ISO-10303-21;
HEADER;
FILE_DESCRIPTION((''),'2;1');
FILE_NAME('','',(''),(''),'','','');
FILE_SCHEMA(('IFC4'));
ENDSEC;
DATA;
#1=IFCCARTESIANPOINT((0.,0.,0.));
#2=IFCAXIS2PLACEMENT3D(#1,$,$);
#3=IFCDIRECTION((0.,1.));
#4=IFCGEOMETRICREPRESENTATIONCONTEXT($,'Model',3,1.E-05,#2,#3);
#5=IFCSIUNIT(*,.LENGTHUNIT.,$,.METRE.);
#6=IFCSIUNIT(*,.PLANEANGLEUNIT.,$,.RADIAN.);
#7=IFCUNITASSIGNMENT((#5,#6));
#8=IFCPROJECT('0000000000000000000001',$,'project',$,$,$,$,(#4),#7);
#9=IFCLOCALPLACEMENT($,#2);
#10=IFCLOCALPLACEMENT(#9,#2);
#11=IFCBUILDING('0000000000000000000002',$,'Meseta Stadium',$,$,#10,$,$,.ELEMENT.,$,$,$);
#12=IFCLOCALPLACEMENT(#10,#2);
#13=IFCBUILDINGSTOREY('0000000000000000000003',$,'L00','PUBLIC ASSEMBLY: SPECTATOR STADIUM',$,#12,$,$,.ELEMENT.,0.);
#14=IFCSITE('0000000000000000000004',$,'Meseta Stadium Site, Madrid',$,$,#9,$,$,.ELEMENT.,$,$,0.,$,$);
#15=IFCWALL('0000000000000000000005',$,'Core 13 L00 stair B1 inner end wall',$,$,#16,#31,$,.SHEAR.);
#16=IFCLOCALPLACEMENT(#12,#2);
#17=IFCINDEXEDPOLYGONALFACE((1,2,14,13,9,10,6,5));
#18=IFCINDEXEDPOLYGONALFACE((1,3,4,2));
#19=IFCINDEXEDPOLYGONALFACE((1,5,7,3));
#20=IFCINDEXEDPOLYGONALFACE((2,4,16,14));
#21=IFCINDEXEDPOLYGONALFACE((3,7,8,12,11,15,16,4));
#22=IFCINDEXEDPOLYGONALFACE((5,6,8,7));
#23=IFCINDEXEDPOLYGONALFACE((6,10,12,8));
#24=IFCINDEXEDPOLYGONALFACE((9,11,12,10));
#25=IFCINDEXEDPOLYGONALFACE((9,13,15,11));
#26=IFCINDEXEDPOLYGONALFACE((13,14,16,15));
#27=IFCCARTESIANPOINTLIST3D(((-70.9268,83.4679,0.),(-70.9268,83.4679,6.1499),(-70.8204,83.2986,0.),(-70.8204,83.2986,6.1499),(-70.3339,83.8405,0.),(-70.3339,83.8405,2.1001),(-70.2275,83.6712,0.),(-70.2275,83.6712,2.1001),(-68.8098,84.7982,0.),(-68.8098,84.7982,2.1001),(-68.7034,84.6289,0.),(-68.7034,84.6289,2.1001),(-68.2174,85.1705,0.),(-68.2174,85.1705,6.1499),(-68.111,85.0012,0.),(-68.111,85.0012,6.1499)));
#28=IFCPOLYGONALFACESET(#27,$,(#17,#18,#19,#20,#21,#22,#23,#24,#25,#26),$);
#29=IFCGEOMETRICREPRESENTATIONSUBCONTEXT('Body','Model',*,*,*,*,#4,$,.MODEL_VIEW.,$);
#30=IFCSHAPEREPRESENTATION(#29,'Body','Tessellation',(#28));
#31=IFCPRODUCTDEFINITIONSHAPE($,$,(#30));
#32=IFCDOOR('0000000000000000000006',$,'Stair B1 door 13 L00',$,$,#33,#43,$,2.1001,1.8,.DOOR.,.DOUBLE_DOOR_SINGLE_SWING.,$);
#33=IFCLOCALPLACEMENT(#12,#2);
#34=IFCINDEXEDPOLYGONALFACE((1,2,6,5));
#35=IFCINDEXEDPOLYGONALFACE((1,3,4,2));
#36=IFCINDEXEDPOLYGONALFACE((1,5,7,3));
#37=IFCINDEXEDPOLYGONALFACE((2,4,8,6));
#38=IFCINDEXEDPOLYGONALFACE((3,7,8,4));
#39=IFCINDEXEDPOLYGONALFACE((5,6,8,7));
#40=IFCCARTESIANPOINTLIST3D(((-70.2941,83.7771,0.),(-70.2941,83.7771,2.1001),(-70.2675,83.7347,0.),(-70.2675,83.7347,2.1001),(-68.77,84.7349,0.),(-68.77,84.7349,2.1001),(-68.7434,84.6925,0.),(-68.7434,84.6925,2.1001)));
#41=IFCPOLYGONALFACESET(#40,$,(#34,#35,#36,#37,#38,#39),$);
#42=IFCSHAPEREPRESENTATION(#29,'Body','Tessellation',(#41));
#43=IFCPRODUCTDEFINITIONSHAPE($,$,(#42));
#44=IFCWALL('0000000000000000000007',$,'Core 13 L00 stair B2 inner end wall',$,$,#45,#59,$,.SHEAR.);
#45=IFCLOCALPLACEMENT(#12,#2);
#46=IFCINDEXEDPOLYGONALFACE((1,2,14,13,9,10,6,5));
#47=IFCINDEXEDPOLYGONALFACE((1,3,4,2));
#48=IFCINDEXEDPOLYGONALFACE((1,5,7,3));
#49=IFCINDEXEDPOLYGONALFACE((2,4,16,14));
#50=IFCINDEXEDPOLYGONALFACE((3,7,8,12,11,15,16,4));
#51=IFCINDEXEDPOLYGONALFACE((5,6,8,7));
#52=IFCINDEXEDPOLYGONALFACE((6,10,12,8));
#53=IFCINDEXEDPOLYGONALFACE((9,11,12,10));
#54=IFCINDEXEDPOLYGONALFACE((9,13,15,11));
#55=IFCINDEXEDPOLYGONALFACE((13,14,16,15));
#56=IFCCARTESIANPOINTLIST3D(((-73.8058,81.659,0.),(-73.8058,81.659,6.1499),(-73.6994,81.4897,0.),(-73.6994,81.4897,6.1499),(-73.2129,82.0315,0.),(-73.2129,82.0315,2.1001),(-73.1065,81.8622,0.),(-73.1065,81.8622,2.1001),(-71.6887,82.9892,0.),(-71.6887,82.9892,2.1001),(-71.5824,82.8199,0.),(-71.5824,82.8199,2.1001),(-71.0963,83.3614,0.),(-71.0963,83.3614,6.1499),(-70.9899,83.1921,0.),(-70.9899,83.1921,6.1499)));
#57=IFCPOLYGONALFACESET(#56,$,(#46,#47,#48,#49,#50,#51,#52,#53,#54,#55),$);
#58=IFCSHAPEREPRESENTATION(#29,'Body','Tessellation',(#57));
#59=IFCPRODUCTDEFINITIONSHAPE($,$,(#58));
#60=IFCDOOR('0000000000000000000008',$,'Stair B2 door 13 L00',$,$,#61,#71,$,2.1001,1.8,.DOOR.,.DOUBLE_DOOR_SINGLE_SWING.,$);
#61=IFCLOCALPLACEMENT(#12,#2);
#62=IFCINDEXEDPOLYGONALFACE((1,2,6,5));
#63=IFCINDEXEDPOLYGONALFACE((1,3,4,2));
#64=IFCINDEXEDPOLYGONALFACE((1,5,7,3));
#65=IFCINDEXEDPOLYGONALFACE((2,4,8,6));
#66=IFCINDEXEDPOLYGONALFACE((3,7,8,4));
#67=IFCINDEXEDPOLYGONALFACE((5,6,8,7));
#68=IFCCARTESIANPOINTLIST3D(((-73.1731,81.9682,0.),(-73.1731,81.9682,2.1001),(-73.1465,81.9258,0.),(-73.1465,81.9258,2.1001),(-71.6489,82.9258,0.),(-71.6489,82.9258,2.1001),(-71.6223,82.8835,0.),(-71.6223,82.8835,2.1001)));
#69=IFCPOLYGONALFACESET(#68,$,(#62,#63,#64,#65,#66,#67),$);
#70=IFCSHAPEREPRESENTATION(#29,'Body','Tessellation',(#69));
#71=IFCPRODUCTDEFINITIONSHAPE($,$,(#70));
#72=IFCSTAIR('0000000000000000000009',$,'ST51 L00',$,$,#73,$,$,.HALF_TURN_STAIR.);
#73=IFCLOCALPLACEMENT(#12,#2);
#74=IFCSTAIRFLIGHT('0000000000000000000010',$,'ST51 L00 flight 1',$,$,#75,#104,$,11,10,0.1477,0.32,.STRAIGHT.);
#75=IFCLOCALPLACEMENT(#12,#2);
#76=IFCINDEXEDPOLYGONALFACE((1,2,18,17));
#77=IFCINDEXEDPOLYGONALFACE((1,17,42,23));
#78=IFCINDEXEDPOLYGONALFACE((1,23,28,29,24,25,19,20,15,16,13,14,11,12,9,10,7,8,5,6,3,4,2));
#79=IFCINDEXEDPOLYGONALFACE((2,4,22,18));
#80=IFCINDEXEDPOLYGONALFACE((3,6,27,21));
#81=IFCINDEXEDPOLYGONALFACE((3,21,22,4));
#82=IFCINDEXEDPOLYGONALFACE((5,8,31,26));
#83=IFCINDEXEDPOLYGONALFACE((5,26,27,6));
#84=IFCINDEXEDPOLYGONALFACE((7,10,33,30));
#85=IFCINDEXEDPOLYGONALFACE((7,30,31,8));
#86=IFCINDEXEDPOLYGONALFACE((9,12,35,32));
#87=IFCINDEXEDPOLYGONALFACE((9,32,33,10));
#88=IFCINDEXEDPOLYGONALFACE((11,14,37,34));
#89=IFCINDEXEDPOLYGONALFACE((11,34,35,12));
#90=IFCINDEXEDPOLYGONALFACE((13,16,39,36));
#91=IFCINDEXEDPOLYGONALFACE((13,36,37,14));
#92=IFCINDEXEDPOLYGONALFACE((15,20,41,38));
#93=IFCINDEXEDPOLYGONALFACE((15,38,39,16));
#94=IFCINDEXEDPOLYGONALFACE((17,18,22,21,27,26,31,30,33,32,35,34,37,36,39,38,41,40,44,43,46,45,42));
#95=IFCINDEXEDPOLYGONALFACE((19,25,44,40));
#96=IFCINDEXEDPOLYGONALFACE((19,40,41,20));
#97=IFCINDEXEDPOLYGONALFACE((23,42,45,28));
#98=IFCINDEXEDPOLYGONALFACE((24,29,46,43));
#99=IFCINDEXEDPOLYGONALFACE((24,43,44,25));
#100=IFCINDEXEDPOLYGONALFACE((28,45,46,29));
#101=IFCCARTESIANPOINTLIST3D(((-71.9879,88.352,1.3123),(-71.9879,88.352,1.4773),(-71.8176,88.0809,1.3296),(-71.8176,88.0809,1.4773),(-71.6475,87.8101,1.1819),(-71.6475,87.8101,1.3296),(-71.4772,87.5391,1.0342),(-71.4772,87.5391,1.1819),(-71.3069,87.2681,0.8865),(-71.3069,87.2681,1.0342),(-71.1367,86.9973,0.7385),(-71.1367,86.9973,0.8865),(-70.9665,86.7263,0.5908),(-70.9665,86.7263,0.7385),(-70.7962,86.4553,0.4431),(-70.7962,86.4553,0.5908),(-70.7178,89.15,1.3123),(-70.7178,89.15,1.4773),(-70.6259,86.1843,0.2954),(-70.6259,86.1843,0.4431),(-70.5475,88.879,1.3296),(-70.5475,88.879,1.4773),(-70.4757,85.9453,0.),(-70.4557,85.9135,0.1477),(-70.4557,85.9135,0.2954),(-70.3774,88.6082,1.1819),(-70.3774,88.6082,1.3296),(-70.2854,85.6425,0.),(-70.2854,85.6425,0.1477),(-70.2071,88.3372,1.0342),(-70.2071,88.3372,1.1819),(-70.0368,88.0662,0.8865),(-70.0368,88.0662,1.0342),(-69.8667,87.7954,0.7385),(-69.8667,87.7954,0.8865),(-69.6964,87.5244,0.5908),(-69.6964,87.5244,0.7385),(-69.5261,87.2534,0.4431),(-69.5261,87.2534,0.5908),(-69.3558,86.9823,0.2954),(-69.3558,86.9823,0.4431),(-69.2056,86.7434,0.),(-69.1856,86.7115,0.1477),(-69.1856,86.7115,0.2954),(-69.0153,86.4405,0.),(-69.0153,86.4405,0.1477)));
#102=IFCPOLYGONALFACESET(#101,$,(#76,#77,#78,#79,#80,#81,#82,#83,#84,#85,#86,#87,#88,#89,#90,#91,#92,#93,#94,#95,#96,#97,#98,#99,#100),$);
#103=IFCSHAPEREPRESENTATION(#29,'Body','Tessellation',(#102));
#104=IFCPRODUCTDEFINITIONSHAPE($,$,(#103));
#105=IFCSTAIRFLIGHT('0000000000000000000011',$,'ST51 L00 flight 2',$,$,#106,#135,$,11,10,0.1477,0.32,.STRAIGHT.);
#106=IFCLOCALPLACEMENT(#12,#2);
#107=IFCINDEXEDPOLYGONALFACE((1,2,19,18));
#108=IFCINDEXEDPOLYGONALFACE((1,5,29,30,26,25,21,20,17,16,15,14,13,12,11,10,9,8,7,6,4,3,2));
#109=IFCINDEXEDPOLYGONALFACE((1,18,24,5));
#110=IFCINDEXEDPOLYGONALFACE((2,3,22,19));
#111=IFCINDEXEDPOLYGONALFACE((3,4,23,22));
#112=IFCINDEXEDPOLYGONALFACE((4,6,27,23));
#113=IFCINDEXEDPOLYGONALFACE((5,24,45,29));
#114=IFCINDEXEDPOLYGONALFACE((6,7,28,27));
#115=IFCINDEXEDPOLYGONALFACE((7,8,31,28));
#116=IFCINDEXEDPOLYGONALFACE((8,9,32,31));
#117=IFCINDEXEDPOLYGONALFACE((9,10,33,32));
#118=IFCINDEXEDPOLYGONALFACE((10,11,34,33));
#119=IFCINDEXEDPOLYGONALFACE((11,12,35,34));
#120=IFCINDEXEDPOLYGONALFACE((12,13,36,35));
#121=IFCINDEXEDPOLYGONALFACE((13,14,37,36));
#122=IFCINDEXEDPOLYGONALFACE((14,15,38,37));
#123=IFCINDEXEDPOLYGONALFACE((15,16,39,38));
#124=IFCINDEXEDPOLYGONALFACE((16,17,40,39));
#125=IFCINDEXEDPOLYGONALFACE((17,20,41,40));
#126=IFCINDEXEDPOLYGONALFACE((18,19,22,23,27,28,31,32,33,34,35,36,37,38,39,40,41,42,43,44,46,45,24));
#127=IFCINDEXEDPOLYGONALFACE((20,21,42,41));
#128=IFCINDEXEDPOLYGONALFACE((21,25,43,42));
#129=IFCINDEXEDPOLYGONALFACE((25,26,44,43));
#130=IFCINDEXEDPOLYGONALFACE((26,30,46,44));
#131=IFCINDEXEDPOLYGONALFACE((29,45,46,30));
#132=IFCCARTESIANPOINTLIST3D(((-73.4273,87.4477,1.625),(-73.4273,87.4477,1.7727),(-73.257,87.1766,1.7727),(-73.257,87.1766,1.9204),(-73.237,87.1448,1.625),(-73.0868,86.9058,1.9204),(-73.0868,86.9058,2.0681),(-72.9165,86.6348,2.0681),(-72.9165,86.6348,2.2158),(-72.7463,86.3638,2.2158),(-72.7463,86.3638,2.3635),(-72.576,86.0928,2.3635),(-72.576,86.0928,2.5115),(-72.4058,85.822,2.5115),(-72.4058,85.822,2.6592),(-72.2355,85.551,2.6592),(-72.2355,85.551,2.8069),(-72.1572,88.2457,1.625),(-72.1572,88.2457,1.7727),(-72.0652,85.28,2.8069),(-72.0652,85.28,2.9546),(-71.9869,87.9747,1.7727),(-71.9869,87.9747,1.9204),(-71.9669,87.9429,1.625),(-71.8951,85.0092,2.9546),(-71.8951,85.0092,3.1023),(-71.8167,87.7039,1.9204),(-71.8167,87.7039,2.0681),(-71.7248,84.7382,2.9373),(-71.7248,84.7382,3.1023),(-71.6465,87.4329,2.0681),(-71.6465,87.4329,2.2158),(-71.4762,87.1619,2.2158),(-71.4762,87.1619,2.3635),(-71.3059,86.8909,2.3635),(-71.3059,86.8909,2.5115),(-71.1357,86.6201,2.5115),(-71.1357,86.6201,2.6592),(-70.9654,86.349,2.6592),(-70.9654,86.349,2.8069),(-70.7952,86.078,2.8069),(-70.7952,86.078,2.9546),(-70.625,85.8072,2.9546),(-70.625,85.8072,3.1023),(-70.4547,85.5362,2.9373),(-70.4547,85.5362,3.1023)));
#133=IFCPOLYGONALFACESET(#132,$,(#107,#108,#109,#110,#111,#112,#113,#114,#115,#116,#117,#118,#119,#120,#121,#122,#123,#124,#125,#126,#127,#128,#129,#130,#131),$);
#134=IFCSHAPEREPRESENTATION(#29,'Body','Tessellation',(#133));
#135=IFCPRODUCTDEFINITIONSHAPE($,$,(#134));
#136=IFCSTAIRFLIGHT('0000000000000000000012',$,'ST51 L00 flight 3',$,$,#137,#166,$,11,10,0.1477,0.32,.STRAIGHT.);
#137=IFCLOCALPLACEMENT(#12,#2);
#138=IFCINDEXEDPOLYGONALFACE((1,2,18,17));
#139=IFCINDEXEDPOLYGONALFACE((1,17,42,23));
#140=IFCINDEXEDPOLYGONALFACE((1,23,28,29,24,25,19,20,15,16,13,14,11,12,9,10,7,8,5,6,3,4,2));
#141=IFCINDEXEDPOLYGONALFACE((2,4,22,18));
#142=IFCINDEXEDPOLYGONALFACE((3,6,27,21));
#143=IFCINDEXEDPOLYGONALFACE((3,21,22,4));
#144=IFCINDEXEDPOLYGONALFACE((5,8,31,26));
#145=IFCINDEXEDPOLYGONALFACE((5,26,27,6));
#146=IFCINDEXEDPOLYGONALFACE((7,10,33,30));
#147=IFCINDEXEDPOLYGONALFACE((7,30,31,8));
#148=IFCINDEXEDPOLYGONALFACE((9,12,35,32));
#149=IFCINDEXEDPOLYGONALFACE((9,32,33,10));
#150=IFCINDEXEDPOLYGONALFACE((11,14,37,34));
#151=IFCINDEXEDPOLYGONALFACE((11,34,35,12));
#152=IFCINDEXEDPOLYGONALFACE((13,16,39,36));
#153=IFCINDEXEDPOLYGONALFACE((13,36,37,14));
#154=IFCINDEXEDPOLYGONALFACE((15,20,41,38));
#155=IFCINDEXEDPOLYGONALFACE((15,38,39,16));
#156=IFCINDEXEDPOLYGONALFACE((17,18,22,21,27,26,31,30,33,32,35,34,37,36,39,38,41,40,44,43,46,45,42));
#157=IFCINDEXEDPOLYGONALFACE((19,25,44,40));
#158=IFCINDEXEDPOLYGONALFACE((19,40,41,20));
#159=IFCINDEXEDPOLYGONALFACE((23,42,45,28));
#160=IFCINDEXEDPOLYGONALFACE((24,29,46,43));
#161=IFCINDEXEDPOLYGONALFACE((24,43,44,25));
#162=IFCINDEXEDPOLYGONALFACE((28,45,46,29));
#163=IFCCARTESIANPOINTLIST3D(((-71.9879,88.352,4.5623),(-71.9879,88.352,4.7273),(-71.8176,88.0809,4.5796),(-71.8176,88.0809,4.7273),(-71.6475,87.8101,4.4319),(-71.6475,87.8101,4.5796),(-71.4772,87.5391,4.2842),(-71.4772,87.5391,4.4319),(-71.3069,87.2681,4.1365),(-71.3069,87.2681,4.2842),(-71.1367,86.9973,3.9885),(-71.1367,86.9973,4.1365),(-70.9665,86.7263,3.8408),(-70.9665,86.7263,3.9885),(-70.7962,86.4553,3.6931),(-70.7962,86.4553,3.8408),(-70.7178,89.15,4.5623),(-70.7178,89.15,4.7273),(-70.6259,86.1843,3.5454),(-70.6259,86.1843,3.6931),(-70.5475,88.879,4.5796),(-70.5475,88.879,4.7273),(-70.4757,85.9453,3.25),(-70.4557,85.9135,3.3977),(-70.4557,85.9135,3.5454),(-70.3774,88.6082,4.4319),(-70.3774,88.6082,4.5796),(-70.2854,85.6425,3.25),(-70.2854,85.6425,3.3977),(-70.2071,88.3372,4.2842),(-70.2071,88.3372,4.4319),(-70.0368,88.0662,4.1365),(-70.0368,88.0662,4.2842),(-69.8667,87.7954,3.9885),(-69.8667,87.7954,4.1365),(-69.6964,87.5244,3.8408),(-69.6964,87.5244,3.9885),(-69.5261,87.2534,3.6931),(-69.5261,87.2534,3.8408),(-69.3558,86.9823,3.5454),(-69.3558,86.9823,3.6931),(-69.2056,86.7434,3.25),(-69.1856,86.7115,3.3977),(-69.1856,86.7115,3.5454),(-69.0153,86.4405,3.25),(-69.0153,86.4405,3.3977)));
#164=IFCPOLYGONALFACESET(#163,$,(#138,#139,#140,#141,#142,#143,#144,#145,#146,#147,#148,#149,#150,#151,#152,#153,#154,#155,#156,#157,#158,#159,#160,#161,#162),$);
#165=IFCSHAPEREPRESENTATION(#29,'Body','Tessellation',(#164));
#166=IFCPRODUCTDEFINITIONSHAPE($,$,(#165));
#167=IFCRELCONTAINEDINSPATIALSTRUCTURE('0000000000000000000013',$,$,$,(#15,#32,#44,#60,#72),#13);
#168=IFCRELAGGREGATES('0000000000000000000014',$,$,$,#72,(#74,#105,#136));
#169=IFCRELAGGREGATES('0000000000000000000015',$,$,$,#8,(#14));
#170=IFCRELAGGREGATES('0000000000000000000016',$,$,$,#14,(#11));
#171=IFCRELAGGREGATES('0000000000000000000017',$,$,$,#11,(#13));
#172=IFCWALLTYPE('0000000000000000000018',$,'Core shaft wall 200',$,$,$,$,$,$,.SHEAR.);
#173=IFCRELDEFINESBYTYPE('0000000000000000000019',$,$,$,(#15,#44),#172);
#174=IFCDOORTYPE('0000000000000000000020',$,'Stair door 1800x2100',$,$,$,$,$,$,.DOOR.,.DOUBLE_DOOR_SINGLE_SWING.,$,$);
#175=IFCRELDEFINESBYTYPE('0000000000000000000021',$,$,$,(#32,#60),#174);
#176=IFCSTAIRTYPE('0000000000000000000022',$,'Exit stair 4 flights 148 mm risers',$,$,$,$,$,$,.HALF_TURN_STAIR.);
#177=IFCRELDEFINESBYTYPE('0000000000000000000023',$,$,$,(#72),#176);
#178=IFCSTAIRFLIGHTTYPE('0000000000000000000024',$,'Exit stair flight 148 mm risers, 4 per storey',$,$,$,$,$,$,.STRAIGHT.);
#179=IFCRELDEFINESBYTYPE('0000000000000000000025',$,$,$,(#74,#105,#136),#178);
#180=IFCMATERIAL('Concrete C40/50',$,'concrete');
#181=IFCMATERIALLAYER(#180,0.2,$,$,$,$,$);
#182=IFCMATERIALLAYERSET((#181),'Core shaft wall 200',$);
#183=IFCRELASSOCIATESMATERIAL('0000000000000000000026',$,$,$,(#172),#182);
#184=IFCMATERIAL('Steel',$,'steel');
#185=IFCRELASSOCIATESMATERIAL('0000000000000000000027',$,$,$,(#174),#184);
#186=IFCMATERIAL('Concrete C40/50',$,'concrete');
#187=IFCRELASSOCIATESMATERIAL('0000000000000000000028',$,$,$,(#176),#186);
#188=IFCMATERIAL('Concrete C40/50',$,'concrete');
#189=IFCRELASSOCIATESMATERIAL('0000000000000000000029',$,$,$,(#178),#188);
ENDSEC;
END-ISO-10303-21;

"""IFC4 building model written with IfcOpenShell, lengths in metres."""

from ifc_helpers import new_model, si_unit, direction, frame, frame_2d, origin, place, context, subcontext, project, spatial, polyline, rectangle, outline, extrude, material, layer, layer_set, type_object, element, fill, aggregate, save


model = new_model("IFC4")

# Units and contexts
model_context = context("Model", 3, precision=1e-05, world=origin(), true_north=direction((0.0, 1.0)))
body_context = subcontext(model_context, "Body", "Model", "MODEL_VIEW")
ifc_project = project(units=[si_unit("LENGTHUNIT", "METRE"), si_unit("PLANEANGLEUNIT", "RADIAN")], contexts=[model_context])

# Site, building, storey
site_placement = place(None, origin())
site = spatial("IfcSite", under=ifc_project, at=site_placement, Name="Meseta Stadium Site, Madrid", CompositionType="ELEMENT", RefElevation=0.0)
building_placement = place(site_placement, origin())
building = spatial("IfcBuilding", under=site, at=building_placement, Name="Meseta Stadium", CompositionType="ELEMENT")
storey_placement = place(building_placement, origin())
storey = spatial("IfcBuildingStorey", under=building, at=storey_placement, Name="L00", Description="PUBLIC ASSEMBLY: SPECTATOR STADIUM", CompositionType="ELEMENT", Elevation=0.0)

# Walls, openings, doors
ifc_material_1 = material(Name="Concrete C40/50", Category="concrete")
ifc_layer = layer(ifc_material_1, 0.2)
ifc_layer_set = layer_set([ifc_layer], Name="Core shaft wall 200")
wall_type = type_object("IfcWallType", Name="Core shaft wall 200", PredefinedType="SHEAR", material=ifc_layer_set)
wall_1_placement = place(storey_placement, frame((-68.1641, 85.0859, 0.0), z_axis=(0.0, 0.0, 1.0), x_axis=(-0.846701, -0.532068, 0.0)))
wall_1 = element("IfcWall", 1, at=wall_1_placement, inside=storey, type_object=wall_type, Name="Core 13 L00 stair B1 inner end wall", PredefinedType="SHEAR", context=body_context, shape_type="SweptSolid", body=[
    extrude(rectangle(XDim=3.2, YDim=0.2, at=frame_2d((1.6001, 0.0))), origin(), (0.0, 0.0, 1.0), 6.1499),
])
opening_1_placement = place(wall_1_placement, frame((0.7, 0.0, 0.0)))
opening_1 = element("IfcOpeningElement", 2, at=opening_1_placement, cuts=wall_1, PredefinedType="OPENING", context=body_context, shape_type="SweptSolid", body=[
    extrude(rectangle(XDim=1.8, YDim=2.1001, at=frame_2d((0.8999, 1.05))), frame((0.0, 0.1099, 0.0), z_axis=(0.0, -1.0, 0.0), x_axis=(1.0, 0.0, 0.0)), (0.0, 0.0, 1.0), 0.22),
])
ifc_material_2 = material(Name="Steel", Category="steel")
door_type = type_object("IfcDoorType", Name="Stair door 1800x2100", OperationType="DOUBLE_DOOR_SINGLE_SWING", PredefinedType="DOOR", material=ifc_material_2)
door_1_placement = place(opening_1_placement, origin())
door_1 = element("IfcDoor", 3, at=door_1_placement, inside=storey, type_object=door_type, Name="Stair B1 door 13 L00", OperationType="DOUBLE_DOOR_SINGLE_SWING", OverallHeight=2.1001, OverallWidth=1.8, PredefinedType="DOOR", context=body_context, shape_type="SweptSolid", body=[
    extrude(rectangle(XDim=1.8, YDim=2.1001, at=frame_2d((0.8999, 1.05))), frame((0.0, 0.0249, 0.0), z_axis=(0.0, -1.0, 0.0), x_axis=(1.0, 0.0, 0.0)), (0.0, 0.0, 1.0), 0.05),
])
fill(opening_1, door_1)
wall_2_placement = place(storey_placement, frame((-71.043, 83.2769, 0.0), z_axis=(0.0, 0.0, 1.0), x_axis=(-0.846736, -0.532014, 0.0)))
wall_2 = element("IfcWall", 4, at=wall_2_placement, inside=storey, type_object=wall_type, Name="Core 13 L00 stair B2 inner end wall", PredefinedType="SHEAR", context=body_context, shape_type="SweptSolid", body=[
    extrude(rectangle(XDim=3.2, YDim=0.2, at=frame_2d((1.6001, 0.0))), origin(), (0.0, 0.0, 1.0), 6.1499),
])
opening_2_placement = place(wall_2_placement, frame((0.7, 0.0, 0.0)))
opening_2 = element("IfcOpeningElement", 5, at=opening_2_placement, cuts=wall_2, PredefinedType="OPENING", context=body_context, shape_type="SweptSolid", body=[
    extrude(rectangle(XDim=1.8, YDim=2.1001, at=frame_2d((0.8999, 1.05))), frame((0.0, 0.1099, 0.0), z_axis=(0.0, -1.0, 0.0), x_axis=(1.0, 0.0, 0.0)), (0.0, 0.0, 1.0), 0.22),
])
door_2_placement = place(opening_2_placement, origin())
door_2 = element("IfcDoor", 6, at=door_2_placement, inside=storey, type_object=door_type, Name="Stair B2 door 13 L00", OperationType="DOUBLE_DOOR_SINGLE_SWING", OverallHeight=2.1001, OverallWidth=1.8, PredefinedType="DOOR", context=body_context, shape_type="SweptSolid", body=[
    extrude(rectangle(XDim=1.8, YDim=2.1001, at=frame_2d((0.8999, 1.05))), frame((0.0, 0.0249, 0.0), z_axis=(0.0, -1.0, 0.0), x_axis=(1.0, 0.0, 0.0)), (0.0, 0.0, 1.0), 0.05),
])
fill(opening_2, door_2)

# Stair, stair flights
ifc_material_3 = material(Name="Concrete C40/50", Category="concrete")
stair_type = type_object("IfcStairType", Name="Exit stair 4 flights 148 mm risers", PredefinedType="HALF_TURN_STAIR", material=ifc_material_3)
stair_1_placement = place(storey_placement, origin())
stair_1 = element("IfcStair", 7, at=stair_1_placement, inside=storey, type_object=stair_type, Name="ST51 L00", PredefinedType="HALF_TURN_STAIR")
ifc_material_4 = material(Name="Concrete C40/50", Category="concrete")
stair_flight_type = type_object("IfcStairFlightType", Name="Exit stair flight 148 mm risers, 4 per storey", PredefinedType="STRAIGHT", material=ifc_material_4)
stair_flight_1_placement = place(storey_placement, frame((-69.6504, 86.0415, 0.0), z_axis=(0.0, 0.0, 1.0), x_axis=(-0.532032, 0.846724, 0.0)))
stair_flight_1 = element("IfcStairFlight", 8, at=stair_flight_1_placement, type_object=stair_flight_type, Name="ST51 L00 flight 1", NumberOfRisers=11, NumberOfTreads=10, PredefinedType="STRAIGHT", RiserHeight=0.1477, TreadLength=0.32, context=body_context, shape_type="SweptSolid", body=[
    extrude(outline(polyline([(0.0, 0.0), (0.0, 0.1477), (0.3201, 0.1477), (0.3201, 0.2954), (0.6399, 0.2954), (0.6399, 0.4431), (0.96, 0.4431), (0.96, 0.5908), (1.28, 0.5908), (1.28, 0.7385), (1.6001, 0.7385), (1.6001, 0.8865), (1.9199, 0.8865), (1.9199, 1.0342), (2.24, 1.0342), (2.24, 1.1819), (2.5601, 1.1819), (2.5601, 1.3296), (2.8799, 1.3296), (2.8799, 1.4773), (3.2, 1.4773), (3.2, 1.3123), (0.3577, 0.0), (0.0, 0.0)])), frame((0.0, 0.75, 0.0), z_axis=(0.0, -1.0, 0.0), x_axis=(1.0, 0.0, 0.0)), (0.0, 0.0, 1.0), 1.5),
])
stair_flight_2_placement = place(storey_placement, frame((-72.7922, 87.8467, 1.625), z_axis=(0.0, 0.0, 1.0), x_axis=(0.532032, -0.846724, 0.0)))
stair_flight_2 = element("IfcStairFlight", 9, at=stair_flight_2_placement, type_object=stair_flight_type, Name="ST51 L00 flight 2", NumberOfRisers=11, NumberOfTreads=10, PredefinedType="STRAIGHT", RiserHeight=0.1477, TreadLength=0.32, context=body_context, shape_type="SweptSolid", body=[
    extrude(outline(polyline([(0.0, 0.0), (0.0, 0.1477), (0.3201, 0.1477), (0.3201, 0.2954), (0.6399, 0.2954), (0.6399, 0.4431), (0.96, 0.4431), (0.96, 0.5908), (1.28, 0.5908), (1.28, 0.7385), (1.6001, 0.7385), (1.6001, 0.8865), (1.9199, 0.8865), (1.9199, 1.0342), (2.24, 1.0342), (2.24, 1.1819), (2.5601, 1.1819), (2.5601, 1.3296), (2.8799, 1.3296), (2.8799, 1.4773), (3.2, 1.4773), (3.2, 1.3123), (0.3577, 0.0), (0.0, 0.0)])), frame((0.0, 0.75, 0.0), z_axis=(0.0, -1.0, 0.0), x_axis=(1.0, 0.0, 0.0)), (0.0, 0.0, 1.0), 1.5),
])
stair_flight_3_placement = place(storey_placement, frame((-69.6504, 86.0415, 3.25), z_axis=(0.0, 0.0, 1.0), x_axis=(-0.532032, 0.846724, 0.0)))
stair_flight_3 = element("IfcStairFlight", 10, at=stair_flight_3_placement, type_object=stair_flight_type, Name="ST51 L00 flight 3", NumberOfRisers=11, NumberOfTreads=10, PredefinedType="STRAIGHT", RiserHeight=0.1477, TreadLength=0.32, context=body_context, shape_type="SweptSolid", body=[
    extrude(outline(polyline([(0.0, 0.0), (0.0, 0.1477), (0.3201, 0.1477), (0.3201, 0.2954), (0.6399, 0.2954), (0.6399, 0.4431), (0.96, 0.4431), (0.96, 0.5908), (1.28, 0.5908), (1.28, 0.7385), (1.6001, 0.7385), (1.6001, 0.8865), (1.9199, 0.8865), (1.9199, 1.0342), (2.24, 1.0342), (2.24, 1.1819), (2.5601, 1.1819), (2.5601, 1.3296), (2.8799, 1.3296), (2.8799, 1.4773), (3.2, 1.4773), (3.2, 1.3123), (0.3577, 0.0), (0.0, 0.0)])), frame((0.0, 0.75, 0.0), z_axis=(0.0, -1.0, 0.0), x_axis=(1.0, 0.0, 0.0)), (0.0, 0.0, 1.0), 1.5),
])
aggregate(stair_1, [stair_flight_1, stair_flight_2, stair_flight_3])

save(model, "model.ifc")
